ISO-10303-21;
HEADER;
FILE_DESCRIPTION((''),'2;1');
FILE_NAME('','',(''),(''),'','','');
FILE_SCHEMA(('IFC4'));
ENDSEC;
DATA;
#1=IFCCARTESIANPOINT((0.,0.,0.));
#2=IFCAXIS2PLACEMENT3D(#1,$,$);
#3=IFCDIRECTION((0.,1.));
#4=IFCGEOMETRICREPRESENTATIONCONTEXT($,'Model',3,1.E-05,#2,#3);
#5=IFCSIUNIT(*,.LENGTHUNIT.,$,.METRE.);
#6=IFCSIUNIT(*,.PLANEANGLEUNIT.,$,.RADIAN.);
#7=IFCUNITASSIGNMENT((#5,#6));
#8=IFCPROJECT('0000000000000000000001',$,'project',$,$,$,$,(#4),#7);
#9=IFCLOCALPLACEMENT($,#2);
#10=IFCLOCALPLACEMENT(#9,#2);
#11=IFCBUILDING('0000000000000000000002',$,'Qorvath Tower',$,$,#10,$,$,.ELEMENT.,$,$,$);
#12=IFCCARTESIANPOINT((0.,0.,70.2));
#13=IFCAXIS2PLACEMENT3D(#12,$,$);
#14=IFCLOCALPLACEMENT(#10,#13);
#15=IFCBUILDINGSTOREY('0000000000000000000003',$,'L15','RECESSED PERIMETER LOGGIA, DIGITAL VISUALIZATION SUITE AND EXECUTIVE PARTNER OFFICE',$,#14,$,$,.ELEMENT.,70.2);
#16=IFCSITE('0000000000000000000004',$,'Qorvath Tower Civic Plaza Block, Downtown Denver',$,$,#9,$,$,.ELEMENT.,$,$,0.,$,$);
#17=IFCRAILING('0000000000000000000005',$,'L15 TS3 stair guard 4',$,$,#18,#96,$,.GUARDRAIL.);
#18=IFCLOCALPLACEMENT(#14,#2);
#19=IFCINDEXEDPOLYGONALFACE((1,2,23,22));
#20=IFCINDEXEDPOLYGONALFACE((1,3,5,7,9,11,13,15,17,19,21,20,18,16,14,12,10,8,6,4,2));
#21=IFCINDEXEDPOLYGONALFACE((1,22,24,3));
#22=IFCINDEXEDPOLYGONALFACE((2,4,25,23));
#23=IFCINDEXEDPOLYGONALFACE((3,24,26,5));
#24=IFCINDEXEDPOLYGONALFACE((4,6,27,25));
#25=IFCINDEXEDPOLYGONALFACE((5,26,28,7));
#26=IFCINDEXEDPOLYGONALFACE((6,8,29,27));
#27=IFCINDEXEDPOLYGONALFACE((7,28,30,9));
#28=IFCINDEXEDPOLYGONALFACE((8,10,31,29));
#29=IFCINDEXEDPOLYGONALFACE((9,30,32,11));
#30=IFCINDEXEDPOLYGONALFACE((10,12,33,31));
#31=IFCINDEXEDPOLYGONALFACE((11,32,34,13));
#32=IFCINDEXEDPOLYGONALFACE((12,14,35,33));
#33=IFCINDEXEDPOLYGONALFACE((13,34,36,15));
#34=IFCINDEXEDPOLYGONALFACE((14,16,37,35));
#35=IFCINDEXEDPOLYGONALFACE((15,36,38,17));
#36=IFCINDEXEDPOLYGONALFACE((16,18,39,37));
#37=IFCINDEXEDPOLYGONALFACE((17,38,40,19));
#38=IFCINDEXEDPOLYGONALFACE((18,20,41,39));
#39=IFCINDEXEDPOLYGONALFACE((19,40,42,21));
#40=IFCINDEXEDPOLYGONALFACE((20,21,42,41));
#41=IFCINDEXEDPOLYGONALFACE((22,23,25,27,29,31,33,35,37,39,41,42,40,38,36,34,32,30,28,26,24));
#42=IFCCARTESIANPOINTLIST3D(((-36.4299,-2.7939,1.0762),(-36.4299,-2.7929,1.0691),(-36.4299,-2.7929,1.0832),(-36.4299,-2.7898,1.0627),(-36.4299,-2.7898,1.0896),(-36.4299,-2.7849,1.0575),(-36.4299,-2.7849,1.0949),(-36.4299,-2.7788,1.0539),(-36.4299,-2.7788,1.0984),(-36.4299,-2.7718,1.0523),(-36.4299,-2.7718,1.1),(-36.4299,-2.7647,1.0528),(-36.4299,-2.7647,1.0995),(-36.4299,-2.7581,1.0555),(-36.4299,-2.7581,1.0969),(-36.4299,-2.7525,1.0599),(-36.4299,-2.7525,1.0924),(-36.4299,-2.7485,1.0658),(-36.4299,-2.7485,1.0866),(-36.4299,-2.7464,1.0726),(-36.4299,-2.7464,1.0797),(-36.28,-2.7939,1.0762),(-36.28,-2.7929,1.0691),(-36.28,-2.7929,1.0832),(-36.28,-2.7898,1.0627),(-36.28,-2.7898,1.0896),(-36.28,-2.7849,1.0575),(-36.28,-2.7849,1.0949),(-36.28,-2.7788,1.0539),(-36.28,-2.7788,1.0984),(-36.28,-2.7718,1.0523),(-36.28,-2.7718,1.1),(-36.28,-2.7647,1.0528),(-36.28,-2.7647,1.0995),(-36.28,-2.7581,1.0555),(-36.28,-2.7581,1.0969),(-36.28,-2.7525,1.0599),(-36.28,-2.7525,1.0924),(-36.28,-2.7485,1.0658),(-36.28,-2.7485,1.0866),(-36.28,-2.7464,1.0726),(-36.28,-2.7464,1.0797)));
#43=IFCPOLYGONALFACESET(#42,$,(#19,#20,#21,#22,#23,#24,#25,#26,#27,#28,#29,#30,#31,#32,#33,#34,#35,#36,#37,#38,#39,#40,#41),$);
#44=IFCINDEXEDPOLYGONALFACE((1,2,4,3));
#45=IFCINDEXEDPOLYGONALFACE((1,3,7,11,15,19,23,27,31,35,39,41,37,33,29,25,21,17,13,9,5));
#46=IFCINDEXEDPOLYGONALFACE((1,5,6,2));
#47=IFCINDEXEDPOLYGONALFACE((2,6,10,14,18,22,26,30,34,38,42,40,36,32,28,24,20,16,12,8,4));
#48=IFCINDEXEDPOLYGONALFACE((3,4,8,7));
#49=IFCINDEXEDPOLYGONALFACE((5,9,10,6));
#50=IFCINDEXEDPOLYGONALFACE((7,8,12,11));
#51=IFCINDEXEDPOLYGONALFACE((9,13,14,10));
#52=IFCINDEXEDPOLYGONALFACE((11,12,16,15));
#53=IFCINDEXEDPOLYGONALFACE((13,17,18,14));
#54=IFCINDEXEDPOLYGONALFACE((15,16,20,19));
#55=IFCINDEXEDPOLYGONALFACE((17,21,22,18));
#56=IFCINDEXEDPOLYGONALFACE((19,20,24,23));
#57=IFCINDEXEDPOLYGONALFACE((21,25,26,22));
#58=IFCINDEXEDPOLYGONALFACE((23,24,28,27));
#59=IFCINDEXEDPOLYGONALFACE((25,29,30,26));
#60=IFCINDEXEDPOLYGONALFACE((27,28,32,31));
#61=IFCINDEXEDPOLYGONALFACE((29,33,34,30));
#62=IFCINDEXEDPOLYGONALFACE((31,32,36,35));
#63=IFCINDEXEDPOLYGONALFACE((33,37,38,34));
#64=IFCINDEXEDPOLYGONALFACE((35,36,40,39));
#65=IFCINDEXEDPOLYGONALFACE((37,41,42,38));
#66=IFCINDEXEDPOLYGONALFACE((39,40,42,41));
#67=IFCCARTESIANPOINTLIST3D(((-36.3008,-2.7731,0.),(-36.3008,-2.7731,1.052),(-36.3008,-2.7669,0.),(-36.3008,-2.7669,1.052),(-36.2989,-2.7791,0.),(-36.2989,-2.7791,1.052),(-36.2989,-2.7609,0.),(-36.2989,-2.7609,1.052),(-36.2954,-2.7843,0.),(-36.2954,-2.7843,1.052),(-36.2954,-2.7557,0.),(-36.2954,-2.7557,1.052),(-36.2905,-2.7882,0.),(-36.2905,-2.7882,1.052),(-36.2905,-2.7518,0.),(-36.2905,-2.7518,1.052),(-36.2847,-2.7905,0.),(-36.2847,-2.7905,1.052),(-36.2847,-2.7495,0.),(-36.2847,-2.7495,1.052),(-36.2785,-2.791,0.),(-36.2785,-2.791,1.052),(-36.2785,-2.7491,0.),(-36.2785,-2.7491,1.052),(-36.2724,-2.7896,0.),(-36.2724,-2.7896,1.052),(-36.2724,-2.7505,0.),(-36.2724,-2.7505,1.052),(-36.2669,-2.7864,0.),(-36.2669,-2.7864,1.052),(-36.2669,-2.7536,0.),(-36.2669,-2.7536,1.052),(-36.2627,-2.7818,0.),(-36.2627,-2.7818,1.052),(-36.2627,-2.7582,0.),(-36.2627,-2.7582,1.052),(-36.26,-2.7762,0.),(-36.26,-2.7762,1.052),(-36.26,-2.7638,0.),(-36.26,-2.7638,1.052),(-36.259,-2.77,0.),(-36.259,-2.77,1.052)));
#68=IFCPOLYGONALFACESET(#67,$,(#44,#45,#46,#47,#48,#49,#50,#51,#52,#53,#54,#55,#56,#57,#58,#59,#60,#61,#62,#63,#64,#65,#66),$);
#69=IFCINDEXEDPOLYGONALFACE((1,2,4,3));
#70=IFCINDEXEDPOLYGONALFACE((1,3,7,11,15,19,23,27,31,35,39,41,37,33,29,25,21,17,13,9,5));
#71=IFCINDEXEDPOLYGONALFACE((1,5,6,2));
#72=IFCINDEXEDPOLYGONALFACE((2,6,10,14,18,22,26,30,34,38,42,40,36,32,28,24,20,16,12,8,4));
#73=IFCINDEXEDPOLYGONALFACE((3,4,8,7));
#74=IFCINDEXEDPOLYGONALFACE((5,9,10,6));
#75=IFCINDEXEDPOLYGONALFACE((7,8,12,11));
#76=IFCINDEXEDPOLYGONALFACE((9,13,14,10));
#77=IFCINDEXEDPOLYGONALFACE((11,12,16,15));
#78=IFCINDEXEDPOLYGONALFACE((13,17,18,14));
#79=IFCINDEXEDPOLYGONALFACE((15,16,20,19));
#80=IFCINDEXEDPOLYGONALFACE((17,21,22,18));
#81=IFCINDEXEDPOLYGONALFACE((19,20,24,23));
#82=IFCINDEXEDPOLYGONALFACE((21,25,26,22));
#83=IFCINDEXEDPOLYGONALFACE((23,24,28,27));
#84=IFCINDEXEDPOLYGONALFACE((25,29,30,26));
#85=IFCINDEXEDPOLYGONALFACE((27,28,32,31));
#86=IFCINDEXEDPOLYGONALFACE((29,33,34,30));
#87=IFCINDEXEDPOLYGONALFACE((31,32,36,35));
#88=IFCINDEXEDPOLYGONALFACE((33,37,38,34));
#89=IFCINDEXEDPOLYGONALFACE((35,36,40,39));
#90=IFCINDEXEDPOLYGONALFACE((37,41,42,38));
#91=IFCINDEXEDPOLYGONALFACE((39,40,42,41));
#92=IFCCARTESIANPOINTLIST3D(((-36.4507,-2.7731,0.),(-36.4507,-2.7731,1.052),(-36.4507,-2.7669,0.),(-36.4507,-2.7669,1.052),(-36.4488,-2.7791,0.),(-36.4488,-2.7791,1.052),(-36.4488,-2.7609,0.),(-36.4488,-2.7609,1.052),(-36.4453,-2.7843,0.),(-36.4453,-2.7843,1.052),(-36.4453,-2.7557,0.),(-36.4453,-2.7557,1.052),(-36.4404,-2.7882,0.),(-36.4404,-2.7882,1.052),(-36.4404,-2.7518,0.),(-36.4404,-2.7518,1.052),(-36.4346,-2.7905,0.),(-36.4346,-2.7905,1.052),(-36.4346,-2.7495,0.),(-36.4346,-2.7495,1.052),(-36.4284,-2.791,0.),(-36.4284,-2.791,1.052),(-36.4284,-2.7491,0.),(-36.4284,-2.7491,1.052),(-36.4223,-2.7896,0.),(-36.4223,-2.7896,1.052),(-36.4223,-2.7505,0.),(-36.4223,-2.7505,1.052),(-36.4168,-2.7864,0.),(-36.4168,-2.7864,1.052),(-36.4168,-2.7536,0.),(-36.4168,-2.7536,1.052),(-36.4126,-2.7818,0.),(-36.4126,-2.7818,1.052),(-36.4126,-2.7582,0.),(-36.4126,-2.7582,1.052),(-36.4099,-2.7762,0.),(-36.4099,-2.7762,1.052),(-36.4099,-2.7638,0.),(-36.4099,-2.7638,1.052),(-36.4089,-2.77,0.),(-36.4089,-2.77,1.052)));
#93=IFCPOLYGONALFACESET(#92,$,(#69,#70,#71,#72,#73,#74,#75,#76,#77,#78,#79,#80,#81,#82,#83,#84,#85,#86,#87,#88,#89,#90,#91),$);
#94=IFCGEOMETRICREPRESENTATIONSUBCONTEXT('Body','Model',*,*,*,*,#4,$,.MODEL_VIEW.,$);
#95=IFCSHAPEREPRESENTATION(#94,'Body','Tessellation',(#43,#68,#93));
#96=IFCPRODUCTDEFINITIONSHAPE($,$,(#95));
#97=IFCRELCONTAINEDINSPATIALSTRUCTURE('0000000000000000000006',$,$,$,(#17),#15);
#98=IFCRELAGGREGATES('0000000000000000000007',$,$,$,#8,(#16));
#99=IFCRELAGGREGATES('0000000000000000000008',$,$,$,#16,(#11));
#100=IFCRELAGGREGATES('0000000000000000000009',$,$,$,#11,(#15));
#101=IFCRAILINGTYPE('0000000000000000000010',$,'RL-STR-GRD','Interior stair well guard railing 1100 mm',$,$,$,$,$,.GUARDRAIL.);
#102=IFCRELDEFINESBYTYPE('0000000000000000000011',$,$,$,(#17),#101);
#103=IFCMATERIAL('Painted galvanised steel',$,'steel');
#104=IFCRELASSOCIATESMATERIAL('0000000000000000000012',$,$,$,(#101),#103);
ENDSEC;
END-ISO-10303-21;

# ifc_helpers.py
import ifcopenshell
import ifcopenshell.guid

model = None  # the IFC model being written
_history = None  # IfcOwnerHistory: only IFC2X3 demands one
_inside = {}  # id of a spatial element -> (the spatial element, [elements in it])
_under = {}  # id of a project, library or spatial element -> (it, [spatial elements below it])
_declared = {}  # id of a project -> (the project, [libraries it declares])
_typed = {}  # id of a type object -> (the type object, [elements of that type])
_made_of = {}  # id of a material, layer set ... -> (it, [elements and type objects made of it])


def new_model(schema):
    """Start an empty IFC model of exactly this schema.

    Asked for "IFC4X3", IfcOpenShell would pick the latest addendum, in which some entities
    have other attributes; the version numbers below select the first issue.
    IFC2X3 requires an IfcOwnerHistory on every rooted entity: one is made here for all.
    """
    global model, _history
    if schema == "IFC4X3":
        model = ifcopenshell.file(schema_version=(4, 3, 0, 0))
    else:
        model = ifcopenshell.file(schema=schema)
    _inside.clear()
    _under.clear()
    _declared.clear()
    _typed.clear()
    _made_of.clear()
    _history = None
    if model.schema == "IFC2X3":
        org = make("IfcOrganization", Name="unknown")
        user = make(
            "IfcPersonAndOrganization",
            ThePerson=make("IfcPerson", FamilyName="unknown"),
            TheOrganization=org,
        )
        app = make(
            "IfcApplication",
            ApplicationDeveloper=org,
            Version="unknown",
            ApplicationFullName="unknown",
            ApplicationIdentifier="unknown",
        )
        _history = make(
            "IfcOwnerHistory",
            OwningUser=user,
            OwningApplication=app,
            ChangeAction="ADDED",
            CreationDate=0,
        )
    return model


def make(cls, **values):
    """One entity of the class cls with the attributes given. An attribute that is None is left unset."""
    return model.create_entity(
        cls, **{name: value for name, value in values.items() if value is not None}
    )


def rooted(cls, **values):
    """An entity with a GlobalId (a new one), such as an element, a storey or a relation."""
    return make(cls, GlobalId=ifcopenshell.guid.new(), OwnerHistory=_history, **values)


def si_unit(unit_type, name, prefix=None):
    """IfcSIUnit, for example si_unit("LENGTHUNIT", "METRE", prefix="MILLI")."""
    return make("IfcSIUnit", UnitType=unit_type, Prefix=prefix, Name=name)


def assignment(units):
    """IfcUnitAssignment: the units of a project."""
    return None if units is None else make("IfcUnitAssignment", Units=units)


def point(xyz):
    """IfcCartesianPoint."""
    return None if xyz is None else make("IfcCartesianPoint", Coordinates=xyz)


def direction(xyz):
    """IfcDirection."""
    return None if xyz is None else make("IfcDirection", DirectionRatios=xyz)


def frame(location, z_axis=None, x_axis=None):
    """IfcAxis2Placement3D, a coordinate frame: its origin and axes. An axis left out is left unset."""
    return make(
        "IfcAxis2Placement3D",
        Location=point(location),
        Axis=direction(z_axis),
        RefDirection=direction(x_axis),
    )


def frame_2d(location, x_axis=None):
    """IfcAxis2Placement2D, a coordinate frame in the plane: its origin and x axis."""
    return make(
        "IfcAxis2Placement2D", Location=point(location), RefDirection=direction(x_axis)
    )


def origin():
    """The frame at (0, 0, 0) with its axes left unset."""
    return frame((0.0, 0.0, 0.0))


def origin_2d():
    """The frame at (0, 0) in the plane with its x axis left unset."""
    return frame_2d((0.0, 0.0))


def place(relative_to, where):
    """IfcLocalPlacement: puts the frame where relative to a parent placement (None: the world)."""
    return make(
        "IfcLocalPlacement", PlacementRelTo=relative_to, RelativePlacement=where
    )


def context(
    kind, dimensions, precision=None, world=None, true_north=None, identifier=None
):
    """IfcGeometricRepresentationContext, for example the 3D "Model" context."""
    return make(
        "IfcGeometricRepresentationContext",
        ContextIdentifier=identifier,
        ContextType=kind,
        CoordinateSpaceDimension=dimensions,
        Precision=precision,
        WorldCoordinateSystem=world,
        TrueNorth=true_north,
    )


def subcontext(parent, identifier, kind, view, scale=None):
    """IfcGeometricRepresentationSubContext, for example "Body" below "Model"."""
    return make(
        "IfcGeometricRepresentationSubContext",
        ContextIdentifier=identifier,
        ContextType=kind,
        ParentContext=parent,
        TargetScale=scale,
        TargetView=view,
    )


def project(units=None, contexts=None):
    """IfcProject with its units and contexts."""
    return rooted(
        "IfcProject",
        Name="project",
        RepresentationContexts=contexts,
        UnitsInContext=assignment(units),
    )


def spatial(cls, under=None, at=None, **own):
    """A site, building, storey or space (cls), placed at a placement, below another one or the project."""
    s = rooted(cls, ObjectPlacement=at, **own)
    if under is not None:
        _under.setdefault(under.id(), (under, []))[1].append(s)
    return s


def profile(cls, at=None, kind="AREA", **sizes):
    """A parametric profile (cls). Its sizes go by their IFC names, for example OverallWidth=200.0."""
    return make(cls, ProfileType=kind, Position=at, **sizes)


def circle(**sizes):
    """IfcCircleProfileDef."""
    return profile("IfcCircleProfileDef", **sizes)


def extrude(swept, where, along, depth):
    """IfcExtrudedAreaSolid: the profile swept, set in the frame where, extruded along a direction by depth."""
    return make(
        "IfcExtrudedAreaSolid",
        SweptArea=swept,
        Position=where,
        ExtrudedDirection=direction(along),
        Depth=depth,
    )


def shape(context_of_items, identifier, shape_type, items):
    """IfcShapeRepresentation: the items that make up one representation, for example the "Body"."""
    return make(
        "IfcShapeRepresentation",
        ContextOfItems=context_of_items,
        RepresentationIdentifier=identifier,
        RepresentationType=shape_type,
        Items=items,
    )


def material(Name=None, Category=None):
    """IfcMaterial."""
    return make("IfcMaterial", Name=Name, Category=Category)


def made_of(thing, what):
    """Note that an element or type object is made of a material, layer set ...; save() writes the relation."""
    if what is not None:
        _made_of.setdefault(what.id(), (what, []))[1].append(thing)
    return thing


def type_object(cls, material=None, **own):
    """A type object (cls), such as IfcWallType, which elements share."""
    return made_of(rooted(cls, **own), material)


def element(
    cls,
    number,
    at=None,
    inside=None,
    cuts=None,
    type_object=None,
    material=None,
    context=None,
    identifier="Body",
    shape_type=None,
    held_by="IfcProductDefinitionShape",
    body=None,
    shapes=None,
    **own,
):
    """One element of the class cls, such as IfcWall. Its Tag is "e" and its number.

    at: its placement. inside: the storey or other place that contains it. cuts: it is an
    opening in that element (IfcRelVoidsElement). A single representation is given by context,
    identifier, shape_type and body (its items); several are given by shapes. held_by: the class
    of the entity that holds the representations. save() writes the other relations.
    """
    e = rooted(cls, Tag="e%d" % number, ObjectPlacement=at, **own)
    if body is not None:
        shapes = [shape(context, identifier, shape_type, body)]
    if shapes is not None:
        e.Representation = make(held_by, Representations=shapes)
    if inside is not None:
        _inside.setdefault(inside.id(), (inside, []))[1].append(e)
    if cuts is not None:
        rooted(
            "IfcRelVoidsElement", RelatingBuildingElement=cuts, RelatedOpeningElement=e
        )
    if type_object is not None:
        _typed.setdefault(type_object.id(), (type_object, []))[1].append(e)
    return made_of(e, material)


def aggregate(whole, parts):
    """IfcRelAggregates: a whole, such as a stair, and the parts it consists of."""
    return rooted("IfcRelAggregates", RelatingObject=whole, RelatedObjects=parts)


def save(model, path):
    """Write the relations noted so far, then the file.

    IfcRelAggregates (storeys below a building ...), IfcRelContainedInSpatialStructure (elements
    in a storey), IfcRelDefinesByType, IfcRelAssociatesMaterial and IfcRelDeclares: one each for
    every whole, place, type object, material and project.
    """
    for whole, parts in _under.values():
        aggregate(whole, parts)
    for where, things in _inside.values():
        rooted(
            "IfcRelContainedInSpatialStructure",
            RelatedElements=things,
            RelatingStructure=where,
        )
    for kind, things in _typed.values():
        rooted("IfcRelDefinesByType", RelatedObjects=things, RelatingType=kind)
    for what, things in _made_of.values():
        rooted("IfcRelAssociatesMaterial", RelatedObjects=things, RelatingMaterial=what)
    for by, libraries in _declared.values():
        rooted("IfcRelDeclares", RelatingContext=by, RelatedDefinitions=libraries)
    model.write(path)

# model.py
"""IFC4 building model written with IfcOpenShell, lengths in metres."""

from ifc_helpers import new_model, si_unit, direction, frame, origin, origin_2d, place, context, subcontext, project, spatial, circle, extrude, material, type_object, element, save


model = new_model("IFC4")

# Units and contexts
model_context = context("Model", 3, precision=1e-05, world=origin(), true_north=direction((0.0, 1.0)))
body_context = subcontext(model_context, "Body", "Model", "MODEL_VIEW")
ifc_project = project(units=[si_unit("LENGTHUNIT", "METRE"), si_unit("PLANEANGLEUNIT", "RADIAN")], contexts=[model_context])

# Site, building, storey
site_placement = place(None, origin())
site = spatial("IfcSite", under=ifc_project, at=site_placement, Name="Qorvath Tower Civic Plaza Block, Downtown Denver", CompositionType="ELEMENT", RefElevation=0.0)
building_placement = place(site_placement, origin())
building = spatial("IfcBuilding", under=site, at=building_placement, Name="Qorvath Tower", CompositionType="ELEMENT")
storey_placement = place(building_placement, frame((0.0, 0.0, 70.2)))
storey = spatial("IfcBuildingStorey", under=building, at=storey_placement, Name="L15", Description="RECESSED PERIMETER LOGGIA, DIGITAL VISUALIZATION SUITE AND EXECUTIVE PARTNER OFFICE", CompositionType="ELEMENT", Elevation=70.2)

# Railing
ifc_material_1 = material(Name="Painted galvanised steel", Category="steel")
railing_type_1 = type_object("IfcRailingType", Name="RL-STR-GRD", Description="Interior stair well guard railing 1100 mm", PredefinedType="GUARDRAIL", material=ifc_material_1)
railing_1_placement = place(storey_placement, frame((-36.28, -2.77, 0.0)))
element("IfcRailing", 1, at=railing_1_placement, inside=storey, type_object=railing_type_1, Name="L15 TS3 stair guard 4", PredefinedType="GUARDRAIL", context=body_context, shape_type="SweptSolid", body=[
    extrude(circle(Radius=0.0239, at=origin_2d()), frame((0.0, 0.0, 1.0762), z_axis=(-1.0, 0.0, 0.0), x_axis=(0.0, -1.0, 0.0)), (0.0, 0.0, 1.0), 0.1499),
    extrude(circle(Radius=0.021, at=origin_2d()), origin(), (0.0, 0.0, 1.0), 1.052),
    extrude(circle(Radius=0.021, at=origin_2d()), frame((-0.1499, 0.0, 0.0)), (0.0, 0.0, 1.0), 1.052),
])

save(model, "model.ifc")
